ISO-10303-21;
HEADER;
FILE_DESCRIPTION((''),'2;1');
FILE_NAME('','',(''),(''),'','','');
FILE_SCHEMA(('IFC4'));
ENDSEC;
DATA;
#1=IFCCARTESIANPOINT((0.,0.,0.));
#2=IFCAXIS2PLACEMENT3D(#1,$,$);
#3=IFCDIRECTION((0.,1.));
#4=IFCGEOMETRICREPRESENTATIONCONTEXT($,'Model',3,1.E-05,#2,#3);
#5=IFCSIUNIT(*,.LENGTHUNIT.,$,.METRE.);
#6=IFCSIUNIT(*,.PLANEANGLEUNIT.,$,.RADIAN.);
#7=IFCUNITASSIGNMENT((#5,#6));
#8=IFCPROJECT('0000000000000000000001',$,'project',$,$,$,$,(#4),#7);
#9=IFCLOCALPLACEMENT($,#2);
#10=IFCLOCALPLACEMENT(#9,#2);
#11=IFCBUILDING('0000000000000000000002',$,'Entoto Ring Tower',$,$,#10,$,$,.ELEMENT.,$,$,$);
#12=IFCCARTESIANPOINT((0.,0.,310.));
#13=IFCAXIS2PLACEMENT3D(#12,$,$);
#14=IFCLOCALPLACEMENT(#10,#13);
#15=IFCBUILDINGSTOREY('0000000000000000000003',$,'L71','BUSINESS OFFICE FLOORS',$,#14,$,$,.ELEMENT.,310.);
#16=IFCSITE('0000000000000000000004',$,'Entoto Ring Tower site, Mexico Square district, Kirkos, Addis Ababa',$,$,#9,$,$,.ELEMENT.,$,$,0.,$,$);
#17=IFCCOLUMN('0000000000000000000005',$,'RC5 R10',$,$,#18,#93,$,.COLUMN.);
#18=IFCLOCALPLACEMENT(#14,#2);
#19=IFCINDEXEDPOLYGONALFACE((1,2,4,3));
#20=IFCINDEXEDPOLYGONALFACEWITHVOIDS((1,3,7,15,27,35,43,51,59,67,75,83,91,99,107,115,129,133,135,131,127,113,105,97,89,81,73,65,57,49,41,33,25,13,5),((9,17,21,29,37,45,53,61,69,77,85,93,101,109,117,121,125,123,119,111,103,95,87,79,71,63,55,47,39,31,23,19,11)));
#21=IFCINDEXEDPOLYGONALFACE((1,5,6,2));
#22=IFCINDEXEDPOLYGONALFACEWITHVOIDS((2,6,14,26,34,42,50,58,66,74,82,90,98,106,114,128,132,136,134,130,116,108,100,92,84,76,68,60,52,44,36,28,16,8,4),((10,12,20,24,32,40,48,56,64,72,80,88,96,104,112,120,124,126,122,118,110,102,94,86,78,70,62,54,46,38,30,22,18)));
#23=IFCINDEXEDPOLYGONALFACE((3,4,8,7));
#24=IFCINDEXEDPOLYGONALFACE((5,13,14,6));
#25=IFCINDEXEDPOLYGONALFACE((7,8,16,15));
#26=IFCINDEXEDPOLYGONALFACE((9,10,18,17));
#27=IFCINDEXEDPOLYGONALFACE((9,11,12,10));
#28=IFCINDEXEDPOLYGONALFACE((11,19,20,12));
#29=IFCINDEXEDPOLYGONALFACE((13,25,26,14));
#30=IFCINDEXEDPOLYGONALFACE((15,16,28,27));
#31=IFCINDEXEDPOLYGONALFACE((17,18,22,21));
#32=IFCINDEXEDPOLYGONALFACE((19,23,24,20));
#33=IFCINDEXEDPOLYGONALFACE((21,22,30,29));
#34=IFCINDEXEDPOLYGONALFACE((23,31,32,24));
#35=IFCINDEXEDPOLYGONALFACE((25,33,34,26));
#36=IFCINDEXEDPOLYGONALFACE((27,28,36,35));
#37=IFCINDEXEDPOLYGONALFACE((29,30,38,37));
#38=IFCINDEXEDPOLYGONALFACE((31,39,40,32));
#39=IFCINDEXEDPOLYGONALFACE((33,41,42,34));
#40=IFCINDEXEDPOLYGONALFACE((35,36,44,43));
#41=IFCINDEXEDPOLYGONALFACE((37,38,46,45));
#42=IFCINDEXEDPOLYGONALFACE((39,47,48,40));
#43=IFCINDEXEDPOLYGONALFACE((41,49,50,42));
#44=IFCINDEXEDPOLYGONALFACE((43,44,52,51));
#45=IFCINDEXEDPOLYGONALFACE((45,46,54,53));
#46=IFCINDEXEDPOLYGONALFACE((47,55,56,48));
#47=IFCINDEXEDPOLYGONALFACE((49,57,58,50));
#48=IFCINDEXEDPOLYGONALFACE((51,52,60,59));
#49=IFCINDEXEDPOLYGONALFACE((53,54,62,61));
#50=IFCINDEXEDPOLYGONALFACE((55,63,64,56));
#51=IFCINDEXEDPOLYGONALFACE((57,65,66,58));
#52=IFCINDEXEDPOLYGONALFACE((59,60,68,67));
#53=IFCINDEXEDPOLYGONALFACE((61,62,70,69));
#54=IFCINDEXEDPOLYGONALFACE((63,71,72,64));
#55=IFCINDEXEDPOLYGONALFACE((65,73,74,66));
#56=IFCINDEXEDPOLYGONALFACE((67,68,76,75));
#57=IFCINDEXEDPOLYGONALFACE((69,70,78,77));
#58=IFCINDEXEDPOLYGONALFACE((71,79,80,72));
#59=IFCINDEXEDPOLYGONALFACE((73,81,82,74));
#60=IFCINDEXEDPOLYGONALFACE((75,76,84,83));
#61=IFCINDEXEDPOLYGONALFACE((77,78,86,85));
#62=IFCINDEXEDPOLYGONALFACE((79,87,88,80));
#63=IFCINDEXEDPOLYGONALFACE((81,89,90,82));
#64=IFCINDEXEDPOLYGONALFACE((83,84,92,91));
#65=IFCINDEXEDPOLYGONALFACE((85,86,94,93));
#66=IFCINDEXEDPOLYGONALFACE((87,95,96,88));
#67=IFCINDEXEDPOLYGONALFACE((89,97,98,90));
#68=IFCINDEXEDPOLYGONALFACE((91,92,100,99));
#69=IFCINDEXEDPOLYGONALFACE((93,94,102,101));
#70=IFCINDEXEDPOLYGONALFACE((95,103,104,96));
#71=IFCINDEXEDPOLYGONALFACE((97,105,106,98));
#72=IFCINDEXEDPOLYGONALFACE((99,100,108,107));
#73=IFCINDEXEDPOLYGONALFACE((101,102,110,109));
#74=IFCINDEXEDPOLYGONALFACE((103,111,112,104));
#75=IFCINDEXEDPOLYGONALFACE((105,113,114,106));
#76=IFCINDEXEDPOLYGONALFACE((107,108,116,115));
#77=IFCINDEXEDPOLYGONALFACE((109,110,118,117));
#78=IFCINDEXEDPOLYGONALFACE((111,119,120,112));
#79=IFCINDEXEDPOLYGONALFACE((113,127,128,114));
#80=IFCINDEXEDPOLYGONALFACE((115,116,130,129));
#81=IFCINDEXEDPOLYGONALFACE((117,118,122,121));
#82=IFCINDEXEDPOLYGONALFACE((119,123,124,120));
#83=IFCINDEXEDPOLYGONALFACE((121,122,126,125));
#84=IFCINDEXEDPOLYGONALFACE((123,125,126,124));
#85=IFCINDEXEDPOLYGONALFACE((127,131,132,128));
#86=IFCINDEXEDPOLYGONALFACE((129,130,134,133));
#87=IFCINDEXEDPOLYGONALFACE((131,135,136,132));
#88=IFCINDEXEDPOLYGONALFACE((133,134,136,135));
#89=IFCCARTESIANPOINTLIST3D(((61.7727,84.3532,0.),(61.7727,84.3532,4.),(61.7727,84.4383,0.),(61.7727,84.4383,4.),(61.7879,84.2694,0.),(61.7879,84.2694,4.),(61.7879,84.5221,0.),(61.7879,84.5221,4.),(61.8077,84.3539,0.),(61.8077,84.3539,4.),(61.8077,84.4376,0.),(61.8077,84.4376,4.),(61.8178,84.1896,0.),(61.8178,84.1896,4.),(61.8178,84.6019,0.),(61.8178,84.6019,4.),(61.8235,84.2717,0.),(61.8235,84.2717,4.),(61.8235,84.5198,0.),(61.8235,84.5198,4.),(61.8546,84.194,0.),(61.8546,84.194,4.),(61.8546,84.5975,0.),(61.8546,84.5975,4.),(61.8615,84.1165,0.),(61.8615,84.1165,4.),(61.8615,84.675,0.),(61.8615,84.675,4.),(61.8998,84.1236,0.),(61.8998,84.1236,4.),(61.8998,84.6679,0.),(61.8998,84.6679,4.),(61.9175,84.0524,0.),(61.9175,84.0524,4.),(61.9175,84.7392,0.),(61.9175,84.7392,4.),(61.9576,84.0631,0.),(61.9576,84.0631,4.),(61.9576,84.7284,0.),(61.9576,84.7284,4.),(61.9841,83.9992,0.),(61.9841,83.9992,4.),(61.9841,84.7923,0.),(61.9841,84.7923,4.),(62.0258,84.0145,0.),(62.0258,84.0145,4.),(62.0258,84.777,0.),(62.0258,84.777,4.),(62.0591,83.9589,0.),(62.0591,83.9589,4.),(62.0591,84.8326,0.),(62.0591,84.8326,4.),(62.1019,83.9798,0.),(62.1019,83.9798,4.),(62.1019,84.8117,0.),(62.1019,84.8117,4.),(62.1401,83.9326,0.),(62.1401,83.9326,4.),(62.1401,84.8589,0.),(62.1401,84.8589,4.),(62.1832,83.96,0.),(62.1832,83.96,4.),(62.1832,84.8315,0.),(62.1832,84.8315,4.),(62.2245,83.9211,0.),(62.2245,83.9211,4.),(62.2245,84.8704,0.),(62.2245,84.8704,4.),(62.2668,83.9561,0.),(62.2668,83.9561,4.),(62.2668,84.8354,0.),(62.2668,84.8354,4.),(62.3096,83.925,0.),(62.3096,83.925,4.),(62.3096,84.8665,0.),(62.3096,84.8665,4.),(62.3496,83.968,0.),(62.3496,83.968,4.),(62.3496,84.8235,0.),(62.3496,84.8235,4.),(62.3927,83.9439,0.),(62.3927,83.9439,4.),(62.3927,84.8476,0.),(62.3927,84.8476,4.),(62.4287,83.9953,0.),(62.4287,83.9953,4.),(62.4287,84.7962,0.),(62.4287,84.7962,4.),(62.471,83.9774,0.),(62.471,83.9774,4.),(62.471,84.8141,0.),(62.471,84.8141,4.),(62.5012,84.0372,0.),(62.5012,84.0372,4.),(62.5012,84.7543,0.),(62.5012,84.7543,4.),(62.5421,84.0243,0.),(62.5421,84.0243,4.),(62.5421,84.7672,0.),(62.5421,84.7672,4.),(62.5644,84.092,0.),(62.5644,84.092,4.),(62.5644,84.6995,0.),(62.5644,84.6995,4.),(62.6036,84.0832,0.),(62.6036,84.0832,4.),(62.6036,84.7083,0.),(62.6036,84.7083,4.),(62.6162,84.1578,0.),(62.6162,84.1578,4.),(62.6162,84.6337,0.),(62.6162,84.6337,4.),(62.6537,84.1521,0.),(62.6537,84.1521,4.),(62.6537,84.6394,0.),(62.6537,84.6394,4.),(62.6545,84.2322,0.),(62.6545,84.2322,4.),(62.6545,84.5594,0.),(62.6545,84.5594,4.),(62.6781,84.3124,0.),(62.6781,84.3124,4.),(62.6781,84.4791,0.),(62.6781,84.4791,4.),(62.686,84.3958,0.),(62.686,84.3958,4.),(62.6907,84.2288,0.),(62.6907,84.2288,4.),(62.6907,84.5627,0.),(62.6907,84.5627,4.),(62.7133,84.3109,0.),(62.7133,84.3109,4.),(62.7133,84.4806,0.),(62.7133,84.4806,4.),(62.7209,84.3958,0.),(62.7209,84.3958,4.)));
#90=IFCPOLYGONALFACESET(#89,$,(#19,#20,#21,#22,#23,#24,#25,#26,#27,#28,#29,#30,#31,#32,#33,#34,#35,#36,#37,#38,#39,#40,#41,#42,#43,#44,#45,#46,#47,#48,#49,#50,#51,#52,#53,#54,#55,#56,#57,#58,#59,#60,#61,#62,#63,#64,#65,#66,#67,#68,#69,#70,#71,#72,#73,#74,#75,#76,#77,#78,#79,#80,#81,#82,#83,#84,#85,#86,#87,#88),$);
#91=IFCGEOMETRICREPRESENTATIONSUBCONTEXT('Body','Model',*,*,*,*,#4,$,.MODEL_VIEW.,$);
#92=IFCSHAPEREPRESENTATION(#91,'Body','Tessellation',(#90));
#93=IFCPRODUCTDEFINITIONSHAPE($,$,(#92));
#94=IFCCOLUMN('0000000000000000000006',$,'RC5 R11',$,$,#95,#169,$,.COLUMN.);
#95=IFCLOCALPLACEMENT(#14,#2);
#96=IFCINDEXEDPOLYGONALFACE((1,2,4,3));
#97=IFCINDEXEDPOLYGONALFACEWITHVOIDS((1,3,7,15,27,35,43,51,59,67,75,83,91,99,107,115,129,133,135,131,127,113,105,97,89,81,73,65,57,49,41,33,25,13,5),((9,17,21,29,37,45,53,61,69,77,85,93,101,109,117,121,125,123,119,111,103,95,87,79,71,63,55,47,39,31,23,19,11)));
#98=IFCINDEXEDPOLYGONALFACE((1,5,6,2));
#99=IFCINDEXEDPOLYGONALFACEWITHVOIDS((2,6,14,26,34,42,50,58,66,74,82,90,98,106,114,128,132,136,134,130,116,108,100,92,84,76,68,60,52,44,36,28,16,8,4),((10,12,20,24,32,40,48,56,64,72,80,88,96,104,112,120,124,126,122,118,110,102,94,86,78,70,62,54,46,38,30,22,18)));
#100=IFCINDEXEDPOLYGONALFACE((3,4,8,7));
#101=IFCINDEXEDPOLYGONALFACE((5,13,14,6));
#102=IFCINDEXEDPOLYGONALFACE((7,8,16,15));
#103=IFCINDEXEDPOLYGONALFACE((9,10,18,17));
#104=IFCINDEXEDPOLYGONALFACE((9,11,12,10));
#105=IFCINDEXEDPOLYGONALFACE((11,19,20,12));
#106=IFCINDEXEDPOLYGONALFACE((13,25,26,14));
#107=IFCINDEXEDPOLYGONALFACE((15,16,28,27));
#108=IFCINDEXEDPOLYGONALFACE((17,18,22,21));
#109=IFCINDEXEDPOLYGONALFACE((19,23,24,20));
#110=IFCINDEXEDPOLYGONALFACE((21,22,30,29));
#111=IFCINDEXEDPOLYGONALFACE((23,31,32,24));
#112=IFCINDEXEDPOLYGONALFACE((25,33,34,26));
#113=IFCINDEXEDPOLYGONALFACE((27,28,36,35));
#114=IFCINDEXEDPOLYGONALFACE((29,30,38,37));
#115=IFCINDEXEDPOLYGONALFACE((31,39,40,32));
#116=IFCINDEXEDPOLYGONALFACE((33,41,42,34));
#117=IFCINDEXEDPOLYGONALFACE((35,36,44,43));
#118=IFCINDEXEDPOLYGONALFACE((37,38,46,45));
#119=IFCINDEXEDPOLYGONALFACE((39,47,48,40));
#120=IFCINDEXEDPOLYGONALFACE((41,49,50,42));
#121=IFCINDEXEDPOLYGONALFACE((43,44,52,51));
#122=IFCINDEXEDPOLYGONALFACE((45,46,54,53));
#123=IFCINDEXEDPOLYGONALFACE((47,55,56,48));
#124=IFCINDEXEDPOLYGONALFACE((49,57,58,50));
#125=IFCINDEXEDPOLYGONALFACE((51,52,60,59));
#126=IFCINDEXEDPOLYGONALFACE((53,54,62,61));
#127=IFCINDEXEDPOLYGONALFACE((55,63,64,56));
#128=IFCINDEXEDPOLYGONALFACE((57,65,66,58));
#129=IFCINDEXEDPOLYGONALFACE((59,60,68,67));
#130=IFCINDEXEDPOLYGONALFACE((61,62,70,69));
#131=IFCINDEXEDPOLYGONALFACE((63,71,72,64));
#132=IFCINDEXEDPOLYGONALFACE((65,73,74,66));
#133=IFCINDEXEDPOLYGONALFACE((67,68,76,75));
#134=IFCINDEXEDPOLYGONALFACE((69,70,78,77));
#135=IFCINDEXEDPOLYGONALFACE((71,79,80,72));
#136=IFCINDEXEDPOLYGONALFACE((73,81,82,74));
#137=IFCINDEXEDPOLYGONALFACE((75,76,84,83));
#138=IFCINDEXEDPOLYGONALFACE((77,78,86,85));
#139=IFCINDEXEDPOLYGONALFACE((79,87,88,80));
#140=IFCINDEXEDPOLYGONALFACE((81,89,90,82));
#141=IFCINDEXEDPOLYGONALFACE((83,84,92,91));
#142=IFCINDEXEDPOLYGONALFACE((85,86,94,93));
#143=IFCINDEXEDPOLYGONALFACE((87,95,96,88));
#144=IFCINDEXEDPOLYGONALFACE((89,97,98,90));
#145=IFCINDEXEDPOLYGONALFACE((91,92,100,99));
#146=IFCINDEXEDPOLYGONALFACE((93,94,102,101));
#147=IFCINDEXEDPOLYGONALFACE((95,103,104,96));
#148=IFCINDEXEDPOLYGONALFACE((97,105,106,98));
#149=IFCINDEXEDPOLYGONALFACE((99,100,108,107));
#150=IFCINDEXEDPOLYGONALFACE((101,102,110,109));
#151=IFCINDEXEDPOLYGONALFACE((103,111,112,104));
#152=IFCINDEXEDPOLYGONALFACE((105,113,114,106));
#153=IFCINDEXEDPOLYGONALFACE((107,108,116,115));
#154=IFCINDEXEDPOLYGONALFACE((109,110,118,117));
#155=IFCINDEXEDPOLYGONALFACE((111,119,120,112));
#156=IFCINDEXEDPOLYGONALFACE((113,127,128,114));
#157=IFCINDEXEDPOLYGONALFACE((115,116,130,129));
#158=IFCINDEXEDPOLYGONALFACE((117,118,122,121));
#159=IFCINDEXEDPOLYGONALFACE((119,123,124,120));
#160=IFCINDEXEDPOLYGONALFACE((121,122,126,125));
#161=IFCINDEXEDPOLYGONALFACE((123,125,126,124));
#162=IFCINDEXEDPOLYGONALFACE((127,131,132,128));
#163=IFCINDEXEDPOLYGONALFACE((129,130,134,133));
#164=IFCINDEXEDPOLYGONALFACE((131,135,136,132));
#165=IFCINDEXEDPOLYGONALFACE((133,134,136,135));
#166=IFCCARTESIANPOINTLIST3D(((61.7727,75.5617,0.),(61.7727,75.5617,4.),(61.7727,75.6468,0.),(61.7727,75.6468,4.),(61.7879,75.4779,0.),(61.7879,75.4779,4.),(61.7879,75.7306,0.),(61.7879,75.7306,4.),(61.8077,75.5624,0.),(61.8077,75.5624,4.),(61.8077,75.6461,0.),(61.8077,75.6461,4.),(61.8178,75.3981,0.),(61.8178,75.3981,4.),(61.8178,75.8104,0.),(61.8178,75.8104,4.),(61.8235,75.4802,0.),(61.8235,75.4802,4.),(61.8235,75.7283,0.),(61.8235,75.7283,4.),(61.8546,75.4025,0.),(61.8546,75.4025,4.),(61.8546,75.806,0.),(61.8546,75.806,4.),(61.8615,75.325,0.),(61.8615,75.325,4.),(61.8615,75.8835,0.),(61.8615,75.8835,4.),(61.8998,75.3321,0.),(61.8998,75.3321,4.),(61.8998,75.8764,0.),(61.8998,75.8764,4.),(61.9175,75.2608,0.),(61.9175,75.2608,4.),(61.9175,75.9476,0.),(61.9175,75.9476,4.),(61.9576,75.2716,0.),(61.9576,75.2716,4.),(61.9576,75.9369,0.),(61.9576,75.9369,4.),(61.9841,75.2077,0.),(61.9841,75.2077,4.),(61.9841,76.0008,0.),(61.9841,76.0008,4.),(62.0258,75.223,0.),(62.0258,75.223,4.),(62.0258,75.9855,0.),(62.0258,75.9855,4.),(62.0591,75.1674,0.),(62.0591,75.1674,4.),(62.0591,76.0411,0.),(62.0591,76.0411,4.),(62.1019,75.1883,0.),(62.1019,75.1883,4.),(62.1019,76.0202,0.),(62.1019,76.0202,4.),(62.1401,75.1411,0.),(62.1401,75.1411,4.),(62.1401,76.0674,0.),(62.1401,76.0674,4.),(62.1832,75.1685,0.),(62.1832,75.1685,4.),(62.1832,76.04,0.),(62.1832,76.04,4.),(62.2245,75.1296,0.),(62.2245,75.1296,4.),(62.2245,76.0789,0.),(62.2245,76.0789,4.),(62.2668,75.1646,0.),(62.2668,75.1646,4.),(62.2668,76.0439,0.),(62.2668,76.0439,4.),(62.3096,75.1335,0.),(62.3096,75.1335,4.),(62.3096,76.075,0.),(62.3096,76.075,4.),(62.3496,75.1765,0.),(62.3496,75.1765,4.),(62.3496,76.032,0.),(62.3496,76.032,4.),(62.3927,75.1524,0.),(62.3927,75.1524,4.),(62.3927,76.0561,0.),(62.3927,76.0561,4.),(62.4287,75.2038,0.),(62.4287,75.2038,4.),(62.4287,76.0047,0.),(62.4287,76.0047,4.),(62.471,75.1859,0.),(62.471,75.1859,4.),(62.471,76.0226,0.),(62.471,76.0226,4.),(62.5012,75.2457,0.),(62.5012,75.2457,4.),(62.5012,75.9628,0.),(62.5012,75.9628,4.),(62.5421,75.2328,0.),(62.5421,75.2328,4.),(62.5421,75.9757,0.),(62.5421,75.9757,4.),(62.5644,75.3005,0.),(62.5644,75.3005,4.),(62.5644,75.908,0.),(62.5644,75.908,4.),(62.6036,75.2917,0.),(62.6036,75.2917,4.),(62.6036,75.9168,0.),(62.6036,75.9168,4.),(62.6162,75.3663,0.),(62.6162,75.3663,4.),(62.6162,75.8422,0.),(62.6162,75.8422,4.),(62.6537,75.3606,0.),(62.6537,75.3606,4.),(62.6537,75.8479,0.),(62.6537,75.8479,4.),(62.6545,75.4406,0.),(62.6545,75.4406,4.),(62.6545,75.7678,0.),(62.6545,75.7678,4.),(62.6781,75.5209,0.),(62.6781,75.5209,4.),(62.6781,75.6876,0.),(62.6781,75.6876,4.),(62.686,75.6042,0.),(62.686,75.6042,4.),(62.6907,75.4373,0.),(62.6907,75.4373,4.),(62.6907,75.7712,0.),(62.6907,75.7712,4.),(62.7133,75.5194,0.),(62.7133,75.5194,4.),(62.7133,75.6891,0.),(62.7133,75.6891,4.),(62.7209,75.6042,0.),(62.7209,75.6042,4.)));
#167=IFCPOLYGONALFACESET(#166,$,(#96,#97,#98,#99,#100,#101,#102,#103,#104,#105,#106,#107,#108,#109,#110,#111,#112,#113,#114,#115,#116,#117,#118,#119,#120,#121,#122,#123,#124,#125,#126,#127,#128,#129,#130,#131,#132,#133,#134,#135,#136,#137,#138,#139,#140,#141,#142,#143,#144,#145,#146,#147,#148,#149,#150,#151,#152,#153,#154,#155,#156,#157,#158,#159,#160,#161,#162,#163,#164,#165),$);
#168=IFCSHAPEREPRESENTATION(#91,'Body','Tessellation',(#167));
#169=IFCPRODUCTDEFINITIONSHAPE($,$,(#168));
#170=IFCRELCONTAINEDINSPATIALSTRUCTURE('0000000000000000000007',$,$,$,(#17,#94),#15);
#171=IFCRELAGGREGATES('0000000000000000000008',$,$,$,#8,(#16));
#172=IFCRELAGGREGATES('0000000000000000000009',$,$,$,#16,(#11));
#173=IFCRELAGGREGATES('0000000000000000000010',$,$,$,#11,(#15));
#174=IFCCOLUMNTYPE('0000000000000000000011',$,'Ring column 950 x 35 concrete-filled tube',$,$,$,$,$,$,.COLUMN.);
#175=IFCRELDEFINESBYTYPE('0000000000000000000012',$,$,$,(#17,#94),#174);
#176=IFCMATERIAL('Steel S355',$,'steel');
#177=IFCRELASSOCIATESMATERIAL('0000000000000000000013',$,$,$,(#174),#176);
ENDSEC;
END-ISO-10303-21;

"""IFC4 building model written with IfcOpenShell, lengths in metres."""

from ifc_helpers import new_model, si_unit, direction, frame, origin, origin_2d, place, context, subcontext, project, spatial, circle, hollow_circle, extrude, material, material_profile, profile_set, type_object, element, save


model = new_model("IFC4")

# Units and contexts
model_context = context("Model", 3, precision=1e-05, world=origin(), true_north=direction((0.0, 1.0)))
body_context = subcontext(model_context, "Body", "Model", "MODEL_VIEW")
ifc_project = project(units=[si_unit("LENGTHUNIT", "METRE"), si_unit("PLANEANGLEUNIT", "RADIAN")], contexts=[model_context])

# Site, building, storey
site_placement = place(None, origin())
site = spatial("IfcSite", under=ifc_project, at=site_placement, Name="Entoto Ring Tower site, Mexico Square district, Kirkos, Addis Ababa", CompositionType="ELEMENT", RefElevation=0.0)
building_placement = place(site_placement, origin())
building = spatial("IfcBuilding", under=site, at=building_placement, Name="Entoto Ring Tower", CompositionType="ELEMENT")
storey_placement = place(building_placement, frame((0.0, 0.0, 310.0)))
storey = spatial("IfcBuildingStorey", under=building, at=storey_placement, Name="L71", Description="BUSINESS OFFICE FLOORS", CompositionType="ELEMENT", Elevation=310.0)

# Columns
ifc_material_1 = material(Name="Steel S355", Category="steel")
ifc_material_profile_1 = material_profile(ifc_material_1, hollow_circle(Radius=0.4751, WallThickness=0.0349, at=origin_2d()), Name="CHS 950 x 35")
ifc_material_2 = material(Name="Concrete C60/75", Category="concrete")
ifc_material_profile_2 = material_profile(ifc_material_2, circle(Radius=0.4399, at=origin_2d()), Name="Concrete C60/75 infill")
ifc_profile_set_1 = profile_set([ifc_material_profile_1, ifc_material_profile_2], Name="Steel S355")
column_type = type_object("IfcColumnType", Name="Ring column 950 x 35 concrete-filled tube", PredefinedType="COLUMN", material=ifc_profile_set_1)
for number, where, z_axis, x_axis, name in (
    (1, (62.2458, 84.3958, 0.0), (0.0, 0.0, 1.0), (1.0, 0.0, 0.0), "RC5 R10"),
    (2, (62.2458, 75.6042, 0.0), (0.0, 0.0, 1.0), (1.0, 0.0, 0.0), "RC5 R11"),
):
    element("IfcColumn", number, at=place(storey_placement, frame(where, z_axis=z_axis, x_axis=x_axis)), inside=storey, type_object=column_type, Name=name, PredefinedType="COLUMN", context=body_context, shape_type="SweptSolid", body=[
        extrude(hollow_circle(Radius=0.4751, WallThickness=0.0349, at=origin_2d()), origin(), (0.0, 0.0, 1.0), 4.0),
    ])

save(model, "model.ifc")
